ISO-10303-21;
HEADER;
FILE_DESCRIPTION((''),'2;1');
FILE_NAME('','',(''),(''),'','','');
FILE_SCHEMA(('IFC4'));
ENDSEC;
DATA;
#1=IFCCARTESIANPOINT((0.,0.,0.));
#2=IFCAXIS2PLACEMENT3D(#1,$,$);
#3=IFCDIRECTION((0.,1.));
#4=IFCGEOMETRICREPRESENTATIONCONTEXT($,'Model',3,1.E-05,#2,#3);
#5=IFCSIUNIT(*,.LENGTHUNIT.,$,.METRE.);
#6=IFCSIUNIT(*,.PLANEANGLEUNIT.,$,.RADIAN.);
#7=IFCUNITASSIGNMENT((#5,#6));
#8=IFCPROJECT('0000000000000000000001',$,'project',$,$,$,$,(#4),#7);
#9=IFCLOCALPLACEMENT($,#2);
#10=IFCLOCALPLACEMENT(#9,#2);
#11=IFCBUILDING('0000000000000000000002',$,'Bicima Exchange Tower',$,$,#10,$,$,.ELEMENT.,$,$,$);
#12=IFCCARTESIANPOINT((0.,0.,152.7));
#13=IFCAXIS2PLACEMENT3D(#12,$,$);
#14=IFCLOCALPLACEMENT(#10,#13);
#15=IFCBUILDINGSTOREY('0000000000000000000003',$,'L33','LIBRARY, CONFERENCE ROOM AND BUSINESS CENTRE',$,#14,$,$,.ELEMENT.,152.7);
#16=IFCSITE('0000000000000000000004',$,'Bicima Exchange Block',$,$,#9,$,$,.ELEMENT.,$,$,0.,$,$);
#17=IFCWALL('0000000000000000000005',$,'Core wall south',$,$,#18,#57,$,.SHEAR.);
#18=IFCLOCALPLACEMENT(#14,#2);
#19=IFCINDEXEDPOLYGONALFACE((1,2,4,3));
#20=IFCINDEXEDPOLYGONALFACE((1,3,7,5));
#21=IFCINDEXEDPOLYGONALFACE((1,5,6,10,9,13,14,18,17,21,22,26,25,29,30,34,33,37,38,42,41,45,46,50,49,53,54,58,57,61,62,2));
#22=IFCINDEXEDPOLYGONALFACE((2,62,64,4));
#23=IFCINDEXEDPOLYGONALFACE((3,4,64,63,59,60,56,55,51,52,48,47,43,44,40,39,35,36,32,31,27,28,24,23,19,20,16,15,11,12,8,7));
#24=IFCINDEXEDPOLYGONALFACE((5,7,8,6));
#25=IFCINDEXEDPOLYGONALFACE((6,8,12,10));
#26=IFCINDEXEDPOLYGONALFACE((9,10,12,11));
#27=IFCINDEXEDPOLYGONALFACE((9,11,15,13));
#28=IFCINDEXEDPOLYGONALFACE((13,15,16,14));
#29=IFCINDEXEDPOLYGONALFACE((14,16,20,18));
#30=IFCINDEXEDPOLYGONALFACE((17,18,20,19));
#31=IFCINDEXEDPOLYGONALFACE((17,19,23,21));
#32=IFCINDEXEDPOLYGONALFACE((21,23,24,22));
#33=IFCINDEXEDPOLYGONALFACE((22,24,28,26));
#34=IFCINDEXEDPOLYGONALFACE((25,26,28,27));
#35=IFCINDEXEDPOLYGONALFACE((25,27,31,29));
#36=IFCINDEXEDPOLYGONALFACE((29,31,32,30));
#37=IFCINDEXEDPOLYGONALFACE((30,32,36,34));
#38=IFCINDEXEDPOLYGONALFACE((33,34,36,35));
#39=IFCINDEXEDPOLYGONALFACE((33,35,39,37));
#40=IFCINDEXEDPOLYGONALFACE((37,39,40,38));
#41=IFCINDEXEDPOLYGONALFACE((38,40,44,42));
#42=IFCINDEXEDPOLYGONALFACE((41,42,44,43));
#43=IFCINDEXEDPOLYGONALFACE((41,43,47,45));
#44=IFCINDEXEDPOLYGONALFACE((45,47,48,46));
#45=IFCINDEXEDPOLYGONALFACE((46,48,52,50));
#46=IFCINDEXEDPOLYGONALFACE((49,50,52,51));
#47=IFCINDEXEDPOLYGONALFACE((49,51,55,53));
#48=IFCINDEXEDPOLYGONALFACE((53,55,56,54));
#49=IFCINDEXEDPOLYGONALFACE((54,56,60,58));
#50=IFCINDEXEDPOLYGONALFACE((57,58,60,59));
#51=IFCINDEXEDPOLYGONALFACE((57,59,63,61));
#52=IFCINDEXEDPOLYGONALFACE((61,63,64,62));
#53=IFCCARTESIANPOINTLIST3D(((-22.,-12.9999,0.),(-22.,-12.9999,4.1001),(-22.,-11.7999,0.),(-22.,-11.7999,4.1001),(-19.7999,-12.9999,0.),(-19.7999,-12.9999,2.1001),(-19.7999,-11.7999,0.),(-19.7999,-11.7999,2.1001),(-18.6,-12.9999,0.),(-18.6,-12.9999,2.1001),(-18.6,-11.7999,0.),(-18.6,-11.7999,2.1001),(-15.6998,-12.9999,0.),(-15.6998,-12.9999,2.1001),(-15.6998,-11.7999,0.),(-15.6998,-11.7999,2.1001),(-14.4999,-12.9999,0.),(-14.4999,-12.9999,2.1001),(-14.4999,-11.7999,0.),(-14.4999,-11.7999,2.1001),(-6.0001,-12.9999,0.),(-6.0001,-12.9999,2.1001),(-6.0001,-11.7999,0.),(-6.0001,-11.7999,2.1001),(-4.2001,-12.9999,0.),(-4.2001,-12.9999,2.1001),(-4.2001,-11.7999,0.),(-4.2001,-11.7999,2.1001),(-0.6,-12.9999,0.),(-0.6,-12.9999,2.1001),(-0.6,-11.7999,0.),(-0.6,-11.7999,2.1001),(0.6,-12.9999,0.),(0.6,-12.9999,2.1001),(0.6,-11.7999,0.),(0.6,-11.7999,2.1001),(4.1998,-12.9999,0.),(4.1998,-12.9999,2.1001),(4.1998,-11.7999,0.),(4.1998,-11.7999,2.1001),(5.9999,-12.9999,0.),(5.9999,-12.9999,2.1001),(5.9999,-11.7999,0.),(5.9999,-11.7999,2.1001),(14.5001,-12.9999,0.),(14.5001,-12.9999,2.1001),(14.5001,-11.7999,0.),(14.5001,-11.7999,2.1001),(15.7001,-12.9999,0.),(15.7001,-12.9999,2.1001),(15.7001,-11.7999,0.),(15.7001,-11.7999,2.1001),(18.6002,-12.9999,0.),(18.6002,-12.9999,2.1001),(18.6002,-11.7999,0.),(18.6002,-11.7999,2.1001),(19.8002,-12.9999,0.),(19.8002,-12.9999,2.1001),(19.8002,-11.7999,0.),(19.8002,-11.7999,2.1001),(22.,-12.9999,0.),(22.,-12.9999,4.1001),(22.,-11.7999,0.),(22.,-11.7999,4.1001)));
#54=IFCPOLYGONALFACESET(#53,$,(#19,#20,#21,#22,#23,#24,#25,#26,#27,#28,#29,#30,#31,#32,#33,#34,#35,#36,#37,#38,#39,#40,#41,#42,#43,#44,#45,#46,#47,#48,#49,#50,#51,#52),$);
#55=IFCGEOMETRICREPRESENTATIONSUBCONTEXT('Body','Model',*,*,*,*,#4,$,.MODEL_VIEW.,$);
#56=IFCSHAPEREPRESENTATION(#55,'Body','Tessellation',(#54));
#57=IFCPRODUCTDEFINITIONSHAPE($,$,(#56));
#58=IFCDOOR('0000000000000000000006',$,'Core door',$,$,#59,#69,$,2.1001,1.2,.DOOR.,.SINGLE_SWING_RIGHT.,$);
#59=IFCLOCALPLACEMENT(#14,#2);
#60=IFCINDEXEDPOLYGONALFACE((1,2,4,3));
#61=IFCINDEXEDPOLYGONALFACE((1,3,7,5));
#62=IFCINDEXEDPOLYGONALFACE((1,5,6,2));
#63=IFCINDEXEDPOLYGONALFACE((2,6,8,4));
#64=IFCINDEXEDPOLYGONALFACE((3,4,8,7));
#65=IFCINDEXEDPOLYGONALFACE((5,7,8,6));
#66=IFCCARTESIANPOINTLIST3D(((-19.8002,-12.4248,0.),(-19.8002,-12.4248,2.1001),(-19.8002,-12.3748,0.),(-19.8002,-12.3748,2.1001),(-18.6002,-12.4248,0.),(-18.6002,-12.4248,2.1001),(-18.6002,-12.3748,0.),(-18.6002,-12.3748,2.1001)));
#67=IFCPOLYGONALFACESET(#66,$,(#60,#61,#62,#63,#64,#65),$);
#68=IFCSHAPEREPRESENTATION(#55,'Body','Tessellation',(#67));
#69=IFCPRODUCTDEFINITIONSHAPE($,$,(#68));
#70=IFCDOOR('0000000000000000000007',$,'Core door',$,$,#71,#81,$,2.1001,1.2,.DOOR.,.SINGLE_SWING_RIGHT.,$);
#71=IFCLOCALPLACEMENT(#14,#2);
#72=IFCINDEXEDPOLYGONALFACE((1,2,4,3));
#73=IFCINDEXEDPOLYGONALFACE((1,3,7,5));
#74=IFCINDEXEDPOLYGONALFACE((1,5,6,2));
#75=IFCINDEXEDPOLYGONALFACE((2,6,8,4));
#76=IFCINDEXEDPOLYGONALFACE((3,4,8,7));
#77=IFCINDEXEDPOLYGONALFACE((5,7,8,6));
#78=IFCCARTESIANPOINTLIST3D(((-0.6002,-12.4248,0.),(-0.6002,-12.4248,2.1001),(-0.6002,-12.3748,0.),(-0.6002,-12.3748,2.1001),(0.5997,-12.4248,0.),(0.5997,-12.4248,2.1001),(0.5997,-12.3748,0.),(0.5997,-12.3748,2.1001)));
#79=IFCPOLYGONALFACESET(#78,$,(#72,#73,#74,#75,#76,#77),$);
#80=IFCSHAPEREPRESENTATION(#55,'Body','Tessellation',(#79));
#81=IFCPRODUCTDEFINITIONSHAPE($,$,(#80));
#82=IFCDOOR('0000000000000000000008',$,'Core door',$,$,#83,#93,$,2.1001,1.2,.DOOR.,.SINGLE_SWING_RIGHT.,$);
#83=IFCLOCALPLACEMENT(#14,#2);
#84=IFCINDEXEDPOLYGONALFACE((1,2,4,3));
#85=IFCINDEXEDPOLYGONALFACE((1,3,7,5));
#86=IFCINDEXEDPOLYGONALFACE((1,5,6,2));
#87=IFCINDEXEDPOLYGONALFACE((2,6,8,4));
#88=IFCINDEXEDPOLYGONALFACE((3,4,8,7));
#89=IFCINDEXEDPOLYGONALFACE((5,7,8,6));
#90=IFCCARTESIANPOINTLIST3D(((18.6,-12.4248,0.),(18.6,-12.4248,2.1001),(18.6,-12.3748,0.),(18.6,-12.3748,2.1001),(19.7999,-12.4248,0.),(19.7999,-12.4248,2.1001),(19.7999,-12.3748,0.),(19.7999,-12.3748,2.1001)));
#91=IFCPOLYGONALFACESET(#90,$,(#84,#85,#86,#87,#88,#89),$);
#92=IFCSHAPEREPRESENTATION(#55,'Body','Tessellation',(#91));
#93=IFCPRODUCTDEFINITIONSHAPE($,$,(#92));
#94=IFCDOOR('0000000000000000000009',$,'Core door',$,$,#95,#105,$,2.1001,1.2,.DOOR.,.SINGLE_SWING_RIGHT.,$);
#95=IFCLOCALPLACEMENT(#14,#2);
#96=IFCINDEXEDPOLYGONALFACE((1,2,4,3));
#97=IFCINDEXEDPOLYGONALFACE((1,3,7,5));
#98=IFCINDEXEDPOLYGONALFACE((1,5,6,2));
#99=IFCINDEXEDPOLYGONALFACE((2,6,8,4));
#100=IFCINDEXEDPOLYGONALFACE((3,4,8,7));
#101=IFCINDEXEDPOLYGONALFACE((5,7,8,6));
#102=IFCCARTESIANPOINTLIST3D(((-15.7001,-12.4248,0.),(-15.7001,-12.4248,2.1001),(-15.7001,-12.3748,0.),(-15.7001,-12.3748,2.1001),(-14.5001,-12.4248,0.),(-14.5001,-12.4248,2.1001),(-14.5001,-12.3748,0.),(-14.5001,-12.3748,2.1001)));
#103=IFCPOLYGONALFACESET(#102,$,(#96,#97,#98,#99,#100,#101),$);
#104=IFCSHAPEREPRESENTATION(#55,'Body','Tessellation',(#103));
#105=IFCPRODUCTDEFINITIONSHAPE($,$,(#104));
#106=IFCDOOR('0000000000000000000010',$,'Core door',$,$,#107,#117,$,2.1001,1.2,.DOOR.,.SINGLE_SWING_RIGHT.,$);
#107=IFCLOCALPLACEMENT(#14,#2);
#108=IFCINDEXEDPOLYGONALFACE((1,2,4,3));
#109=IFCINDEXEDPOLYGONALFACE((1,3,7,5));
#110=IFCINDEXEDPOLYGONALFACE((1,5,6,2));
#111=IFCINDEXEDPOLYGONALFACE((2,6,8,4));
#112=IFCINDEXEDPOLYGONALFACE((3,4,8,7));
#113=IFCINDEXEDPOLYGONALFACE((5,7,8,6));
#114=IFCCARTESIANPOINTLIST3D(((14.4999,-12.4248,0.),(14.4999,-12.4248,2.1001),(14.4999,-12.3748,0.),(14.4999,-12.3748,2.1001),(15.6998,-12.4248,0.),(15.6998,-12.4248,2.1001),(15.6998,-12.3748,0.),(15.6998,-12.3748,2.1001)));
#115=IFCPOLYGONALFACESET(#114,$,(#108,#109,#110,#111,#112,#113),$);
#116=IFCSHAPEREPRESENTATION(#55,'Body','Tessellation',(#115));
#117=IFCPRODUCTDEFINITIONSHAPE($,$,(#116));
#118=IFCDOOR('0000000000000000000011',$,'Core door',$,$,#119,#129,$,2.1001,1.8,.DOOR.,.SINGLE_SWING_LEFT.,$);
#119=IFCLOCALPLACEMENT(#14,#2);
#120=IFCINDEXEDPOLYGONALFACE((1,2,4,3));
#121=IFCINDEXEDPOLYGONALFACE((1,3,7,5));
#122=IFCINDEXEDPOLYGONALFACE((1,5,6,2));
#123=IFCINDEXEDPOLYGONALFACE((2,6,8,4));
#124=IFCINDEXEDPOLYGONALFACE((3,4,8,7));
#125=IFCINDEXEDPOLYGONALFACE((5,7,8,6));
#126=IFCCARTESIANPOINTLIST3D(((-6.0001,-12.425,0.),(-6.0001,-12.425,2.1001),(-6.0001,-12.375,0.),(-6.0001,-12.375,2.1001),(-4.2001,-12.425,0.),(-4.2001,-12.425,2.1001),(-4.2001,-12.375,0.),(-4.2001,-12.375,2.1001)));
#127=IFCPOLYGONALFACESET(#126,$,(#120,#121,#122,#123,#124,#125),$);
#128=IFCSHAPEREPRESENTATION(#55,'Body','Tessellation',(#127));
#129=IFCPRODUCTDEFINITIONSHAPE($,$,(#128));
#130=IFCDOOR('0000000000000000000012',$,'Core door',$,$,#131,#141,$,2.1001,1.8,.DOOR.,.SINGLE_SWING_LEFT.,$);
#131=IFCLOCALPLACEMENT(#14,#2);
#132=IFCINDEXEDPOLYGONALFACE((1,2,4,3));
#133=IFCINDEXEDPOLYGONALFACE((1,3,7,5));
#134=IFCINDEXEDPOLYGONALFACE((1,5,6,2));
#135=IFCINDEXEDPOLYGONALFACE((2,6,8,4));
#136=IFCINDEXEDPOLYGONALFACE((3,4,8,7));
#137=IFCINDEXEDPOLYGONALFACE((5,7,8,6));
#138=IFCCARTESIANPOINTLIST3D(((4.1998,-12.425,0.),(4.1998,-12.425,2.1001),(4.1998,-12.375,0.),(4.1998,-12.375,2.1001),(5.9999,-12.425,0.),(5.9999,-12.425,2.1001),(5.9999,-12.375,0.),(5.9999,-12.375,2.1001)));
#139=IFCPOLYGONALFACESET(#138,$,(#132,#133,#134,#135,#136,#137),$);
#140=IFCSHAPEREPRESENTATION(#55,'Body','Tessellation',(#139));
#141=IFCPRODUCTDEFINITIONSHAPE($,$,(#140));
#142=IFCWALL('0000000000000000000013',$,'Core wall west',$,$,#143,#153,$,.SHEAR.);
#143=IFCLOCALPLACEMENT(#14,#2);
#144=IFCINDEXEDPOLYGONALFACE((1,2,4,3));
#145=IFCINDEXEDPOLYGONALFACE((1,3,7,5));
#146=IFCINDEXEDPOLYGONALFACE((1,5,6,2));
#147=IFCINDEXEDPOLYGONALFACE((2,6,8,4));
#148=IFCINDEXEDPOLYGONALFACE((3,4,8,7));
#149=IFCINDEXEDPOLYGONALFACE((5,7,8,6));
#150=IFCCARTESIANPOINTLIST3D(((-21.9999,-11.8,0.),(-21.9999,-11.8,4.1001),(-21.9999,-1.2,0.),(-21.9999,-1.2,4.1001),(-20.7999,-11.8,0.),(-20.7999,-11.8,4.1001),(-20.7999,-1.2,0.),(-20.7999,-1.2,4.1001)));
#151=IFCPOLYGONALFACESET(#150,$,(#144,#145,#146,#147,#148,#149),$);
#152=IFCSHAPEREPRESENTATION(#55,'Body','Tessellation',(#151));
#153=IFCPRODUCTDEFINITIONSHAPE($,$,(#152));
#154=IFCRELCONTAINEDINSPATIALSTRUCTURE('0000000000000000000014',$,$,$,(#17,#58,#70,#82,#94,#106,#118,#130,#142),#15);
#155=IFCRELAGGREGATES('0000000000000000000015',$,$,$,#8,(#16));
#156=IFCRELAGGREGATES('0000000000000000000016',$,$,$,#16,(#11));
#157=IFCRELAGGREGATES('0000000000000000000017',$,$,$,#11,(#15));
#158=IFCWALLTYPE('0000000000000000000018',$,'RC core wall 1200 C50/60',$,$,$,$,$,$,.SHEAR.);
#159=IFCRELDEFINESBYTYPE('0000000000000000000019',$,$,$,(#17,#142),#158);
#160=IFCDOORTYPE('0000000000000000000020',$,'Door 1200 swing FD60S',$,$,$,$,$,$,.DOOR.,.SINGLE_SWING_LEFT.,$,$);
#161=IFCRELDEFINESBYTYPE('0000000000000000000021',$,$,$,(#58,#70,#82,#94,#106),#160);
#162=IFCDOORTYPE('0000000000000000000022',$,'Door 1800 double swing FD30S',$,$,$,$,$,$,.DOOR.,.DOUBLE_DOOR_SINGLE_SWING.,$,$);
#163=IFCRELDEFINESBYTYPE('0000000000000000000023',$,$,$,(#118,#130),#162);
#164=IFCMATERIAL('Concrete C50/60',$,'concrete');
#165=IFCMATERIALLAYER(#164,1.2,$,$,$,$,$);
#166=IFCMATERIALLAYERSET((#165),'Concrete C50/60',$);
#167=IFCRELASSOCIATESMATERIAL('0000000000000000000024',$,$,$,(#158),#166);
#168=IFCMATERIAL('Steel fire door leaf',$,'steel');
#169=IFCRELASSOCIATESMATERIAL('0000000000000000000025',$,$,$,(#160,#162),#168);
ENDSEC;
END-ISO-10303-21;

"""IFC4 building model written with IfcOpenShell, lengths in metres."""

from ifc_helpers import new_model, si_unit, direction, frame, frame_2d, origin, place, context, subcontext, project, spatial, rectangle, extrude, material, layer, layer_set, type_object, element, fill, save


model = new_model("IFC4")

# Units and contexts
model_context = context("Model", 3, precision=1e-05, world=origin(), true_north=direction((0.0, 1.0)))
body_context = subcontext(model_context, "Body", "Model", "MODEL_VIEW")
ifc_project = project(units=[si_unit("LENGTHUNIT", "METRE"), si_unit("PLANEANGLEUNIT", "RADIAN")], contexts=[model_context])

# Site, building, storey
site_placement = place(None, origin())
site = spatial("IfcSite", under=ifc_project, at=site_placement, Name="Bicima Exchange Block", CompositionType="ELEMENT", RefElevation=0.0)
building_placement = place(site_placement, origin())
building = spatial("IfcBuilding", under=site, at=building_placement, Name="Bicima Exchange Tower", CompositionType="ELEMENT")
storey_placement = place(building_placement, frame((0.0, 0.0, 152.7)))
storey = spatial("IfcBuildingStorey", under=building, at=storey_placement, Name="L33", Description="LIBRARY, CONFERENCE ROOM AND BUSINESS CENTRE", CompositionType="ELEMENT", Elevation=152.7)

# Wall, openings, doors
ifc_material_1 = material(Name="Concrete C50/60", Category="concrete")
ifc_layer_1 = layer(ifc_material_1, 1.2)
ifc_layer_set_1 = layer_set([ifc_layer_1], Name="Concrete C50/60")
wall_type_1 = type_object("IfcWallType", Name="RC core wall 1200 C50/60", PredefinedType="SHEAR", material=ifc_layer_set_1)
wall_1_placement = place(storey_placement, frame((-22.0, -12.3999, 0.0), z_axis=(0.0, 0.0, 1.0), x_axis=(1.0, 0.0, 0.0)))
wall_1 = element("IfcWall", 1, at=wall_1_placement, inside=storey, type_object=wall_type_1, Name="Core wall south", PredefinedType="SHEAR", context=body_context, shape_type="SweptSolid", body=[
    extrude(rectangle(XDim=44.0, YDim=1.2, at=frame_2d((22.0, 0.0))), origin(), (0.0, 0.0, 1.0), 4.1001),
])
opening_1_placement = place(wall_1_placement, frame((2.2, 0.0, 0.0)))
opening_1 = element("IfcOpeningElement", 2, at=opening_1_placement, cuts=wall_1, PredefinedType="OPENING", context=body_context, shape_type="SweptSolid", body=[
    extrude(rectangle(XDim=1.2, YDim=2.1001, at=frame_2d((0.6001, 1.05))), frame((0.0, 0.6118, 0.0), z_axis=(0.0, -1.0, 0.0), x_axis=(1.0, 0.0, 0.0)), (0.0, 0.0, 1.0), 1.2239),
])
opening_2_placement = place(wall_1_placement, frame((21.3999, 0.0, 0.0)))
opening_2 = element("IfcOpeningElement", 3, at=opening_2_placement, cuts=wall_1, PredefinedType="OPENING", context=body_context, shape_type="SweptSolid", body=[
    extrude(rectangle(XDim=1.2, YDim=2.1001, at=frame_2d((0.6001, 1.05))), frame((0.0, 0.6118, 0.0), z_axis=(0.0, -1.0, 0.0), x_axis=(1.0, 0.0, 0.0)), (0.0, 0.0, 1.0), 1.2239),
])
opening_3_placement = place(wall_1_placement, frame((40.6001, 0.0, 0.0)))
opening_3 = element("IfcOpeningElement", 4, at=opening_3_placement, cuts=wall_1, PredefinedType="OPENING", context=body_context, shape_type="SweptSolid", body=[
    extrude(rectangle(XDim=1.2, YDim=2.1001, at=frame_2d((0.6001, 1.05))), frame((0.0, 0.6118, 0.0), z_axis=(0.0, -1.0, 0.0), x_axis=(1.0, 0.0, 0.0)), (0.0, 0.0, 1.0), 1.2239),
])
opening_4_placement = place(wall_1_placement, frame((16.0, 0.0, 0.0)))
opening_4 = element("IfcOpeningElement", 5, at=opening_4_placement, cuts=wall_1, PredefinedType="OPENING", context=body_context, shape_type="SweptSolid", body=[
    extrude(rectangle(XDim=1.8, YDim=2.1001, at=frame_2d((0.8999, 1.05))), frame((0.0, 0.6118, 0.0), z_axis=(0.0, -1.0, 0.0), x_axis=(1.0, 0.0, 0.0)), (0.0, 0.0, 1.0), 1.2239),
])
opening_5_placement = place(wall_1_placement, frame((6.3, 0.0, 0.0)))
opening_5 = element("IfcOpeningElement", 6, at=opening_5_placement, cuts=wall_1, PredefinedType="OPENING", context=body_context, shape_type="SweptSolid", body=[
    extrude(rectangle(XDim=1.2, YDim=2.1001, at=frame_2d((0.6001, 1.05))), frame((0.0, 0.6118, 0.0), z_axis=(0.0, -1.0, 0.0), x_axis=(1.0, 0.0, 0.0)), (0.0, 0.0, 1.0), 1.2239),
])
opening_6_placement = place(wall_1_placement, frame((26.2, 0.0, 0.0)))
opening_6 = element("IfcOpeningElement", 7, at=opening_6_placement, cuts=wall_1, PredefinedType="OPENING", context=body_context, shape_type="SweptSolid", body=[
    extrude(rectangle(XDim=1.8, YDim=2.1001, at=frame_2d((0.8999, 1.05))), frame((0.0, 0.6118, 0.0), z_axis=(0.0, -1.0, 0.0), x_axis=(1.0, 0.0, 0.0)), (0.0, 0.0, 1.0), 1.2239),
])
opening_7_placement = place(wall_1_placement, frame((36.5, 0.0, 0.0)))
opening_7 = element("IfcOpeningElement", 8, at=opening_7_placement, cuts=wall_1, PredefinedType="OPENING", context=body_context, shape_type="SweptSolid", body=[
    extrude(rectangle(XDim=1.2, YDim=2.1001, at=frame_2d((0.6001, 1.05))), frame((0.0, 0.6118, 0.0), z_axis=(0.0, -1.0, 0.0), x_axis=(1.0, 0.0, 0.0)), (0.0, 0.0, 1.0), 1.2239),
])
ifc_material_2 = material(Name="Steel fire door leaf", Category="steel")
door_type_1 = type_object("IfcDoorType", Name="Door 1200 swing FD60S", OperationType="SINGLE_SWING_LEFT", PredefinedType="DOOR", material=ifc_material_2)
door_1_placement = place(opening_1_placement, frame((1.2, 0.0, 0.0), z_axis=(0.0, 0.0, 1.0), x_axis=(-1.0, 0.0, 0.0)))
door_1 = element("IfcDoor", 9, at=door_1_placement, inside=storey, type_object=door_type_1, Name="Core door", OperationType="SINGLE_SWING_RIGHT", OverallHeight=2.1001, OverallWidth=1.2, PredefinedType="DOOR", context=body_context, shape_type="SweptSolid", body=[
    extrude(rectangle(XDim=1.2, YDim=2.1001, at=frame_2d((0.6001, 1.05))), frame((0.0, 0.0249, 0.0), z_axis=(0.0, -1.0, 0.0), x_axis=(1.0, 0.0, 0.0)), (0.0, 0.0, 1.0), 0.05),
])
fill(opening_1, door_1)
door_2_placement = place(opening_2_placement, frame((1.2, 0.0, 0.0), z_axis=(0.0, 0.0, 1.0), x_axis=(-1.0, 0.0, 0.0)))
door_2 = element("IfcDoor", 10, at=door_2_placement, inside=storey, type_object=door_type_1, Name="Core door", OperationType="SINGLE_SWING_RIGHT", OverallHeight=2.1001, OverallWidth=1.2, PredefinedType="DOOR", context=body_context, shape_type="SweptSolid", body=[
    extrude(rectangle(XDim=1.2, YDim=2.1001, at=frame_2d((0.6001, 1.05))), frame((0.0, 0.0249, 0.0), z_axis=(0.0, -1.0, 0.0), x_axis=(1.0, 0.0, 0.0)), (0.0, 0.0, 1.0), 0.05),
])
fill(opening_2, door_2)
door_3_placement = place(opening_3_placement, frame((1.2, 0.0, 0.0), z_axis=(0.0, 0.0, 1.0), x_axis=(-1.0, 0.0, 0.0)))
door_3 = element("IfcDoor", 11, at=door_3_placement, inside=storey, type_object=door_type_1, Name="Core door", OperationType="SINGLE_SWING_RIGHT", OverallHeight=2.1001, OverallWidth=1.2, PredefinedType="DOOR", context=body_context, shape_type="SweptSolid", body=[
    extrude(rectangle(XDim=1.2, YDim=2.1001, at=frame_2d((0.6001, 1.05))), frame((0.0, 0.0249, 0.0), z_axis=(0.0, -1.0, 0.0), x_axis=(1.0, 0.0, 0.0)), (0.0, 0.0, 1.0), 0.05),
])
fill(opening_3, door_3)
door_4_placement = place(opening_5_placement, frame((1.2, 0.0, 0.0), z_axis=(0.0, 0.0, 1.0), x_axis=(-1.0, 0.0, 0.0)))
door_4 = element("IfcDoor", 12, at=door_4_placement, inside=storey, type_object=door_type_1, Name="Core door", OperationType="SINGLE_SWING_RIGHT", OverallHeight=2.1001, OverallWidth=1.2, PredefinedType="DOOR", context=body_context, shape_type="SweptSolid", body=[
    extrude(rectangle(XDim=1.2, YDim=2.1001, at=frame_2d((0.6001, 1.05))), frame((0.0, 0.0249, 0.0), z_axis=(0.0, -1.0, 0.0), x_axis=(1.0, 0.0, 0.0)), (0.0, 0.0, 1.0), 0.05),
])
fill(opening_5, door_4)
door_5_placement = place(opening_7_placement, frame((1.2, 0.0, 0.0), z_axis=(0.0, 0.0, 1.0), x_axis=(-1.0, 0.0, 0.0)))
door_5 = element("IfcDoor", 13, at=door_5_placement, inside=storey, type_object=door_type_1, Name="Core door", OperationType="SINGLE_SWING_RIGHT", OverallHeight=2.1001, OverallWidth=1.2, PredefinedType="DOOR", context=body_context, shape_type="SweptSolid", body=[
    extrude(rectangle(XDim=1.2, YDim=2.1001, at=frame_2d((0.6001, 1.05))), frame((0.0, 0.0249, 0.0), z_axis=(0.0, -1.0, 0.0), x_axis=(1.0, 0.0, 0.0)), (0.0, 0.0, 1.0), 0.05),
])
fill(opening_7, door_5)
door_type_2 = type_object("IfcDoorType", Name="Door 1800 double swing FD30S", OperationType="DOUBLE_DOOR_SINGLE_SWING", PredefinedType="DOOR", material=ifc_material_2)
door_6_placement = place(opening_4_placement, origin())
door_6 = element("IfcDoor", 14, at=door_6_placement, inside=storey, type_object=door_type_2, Name="Core door", OperationType="SINGLE_SWING_LEFT", OverallHeight=2.1001, OverallWidth=1.8, PredefinedType="DOOR", context=body_context, shape_type="SweptSolid", body=[
    extrude(rectangle(XDim=1.8, YDim=2.1001, at=frame_2d((0.8999, 1.05))), frame((0.0, 0.0249, 0.0), z_axis=(0.0, -1.0, 0.0), x_axis=(1.0, 0.0, 0.0)), (0.0, 0.0, 1.0), 0.05),
])
fill(opening_4, door_6)
door_7_placement = place(opening_6_placement, origin())
door_7 = element("IfcDoor", 15, at=door_7_placement, inside=storey, type_object=door_type_2, Name="Core door", OperationType="SINGLE_SWING_LEFT", OverallHeight=2.1001, OverallWidth=1.8, PredefinedType="DOOR", context=body_context, shape_type="SweptSolid", body=[
    extrude(rectangle(XDim=1.8, YDim=2.1001, at=frame_2d((0.8999, 1.05))), frame((0.0, 0.0249, 0.0), z_axis=(0.0, -1.0, 0.0), x_axis=(1.0, 0.0, 0.0)), (0.0, 0.0, 1.0), 0.05),
])
fill(opening_6, door_7)

# Wall
wall_2_placement = place(storey_placement, frame((-21.3999, -11.8, 0.0), z_axis=(0.0, 0.0, 1.0), x_axis=(0.0, 1.0, 0.0)))
element("IfcWall", 16, at=wall_2_placement, inside=storey, type_object=wall_type_1, Name="Core wall west", PredefinedType="SHEAR", context=body_context, shape_type="SweptSolid", body=[
    extrude(rectangle(XDim=10.6001, YDim=1.2, at=frame_2d((5.3, 0.0))), origin(), (0.0, 0.0, 1.0), 4.1001),
])

save(model, "model.ifc")
